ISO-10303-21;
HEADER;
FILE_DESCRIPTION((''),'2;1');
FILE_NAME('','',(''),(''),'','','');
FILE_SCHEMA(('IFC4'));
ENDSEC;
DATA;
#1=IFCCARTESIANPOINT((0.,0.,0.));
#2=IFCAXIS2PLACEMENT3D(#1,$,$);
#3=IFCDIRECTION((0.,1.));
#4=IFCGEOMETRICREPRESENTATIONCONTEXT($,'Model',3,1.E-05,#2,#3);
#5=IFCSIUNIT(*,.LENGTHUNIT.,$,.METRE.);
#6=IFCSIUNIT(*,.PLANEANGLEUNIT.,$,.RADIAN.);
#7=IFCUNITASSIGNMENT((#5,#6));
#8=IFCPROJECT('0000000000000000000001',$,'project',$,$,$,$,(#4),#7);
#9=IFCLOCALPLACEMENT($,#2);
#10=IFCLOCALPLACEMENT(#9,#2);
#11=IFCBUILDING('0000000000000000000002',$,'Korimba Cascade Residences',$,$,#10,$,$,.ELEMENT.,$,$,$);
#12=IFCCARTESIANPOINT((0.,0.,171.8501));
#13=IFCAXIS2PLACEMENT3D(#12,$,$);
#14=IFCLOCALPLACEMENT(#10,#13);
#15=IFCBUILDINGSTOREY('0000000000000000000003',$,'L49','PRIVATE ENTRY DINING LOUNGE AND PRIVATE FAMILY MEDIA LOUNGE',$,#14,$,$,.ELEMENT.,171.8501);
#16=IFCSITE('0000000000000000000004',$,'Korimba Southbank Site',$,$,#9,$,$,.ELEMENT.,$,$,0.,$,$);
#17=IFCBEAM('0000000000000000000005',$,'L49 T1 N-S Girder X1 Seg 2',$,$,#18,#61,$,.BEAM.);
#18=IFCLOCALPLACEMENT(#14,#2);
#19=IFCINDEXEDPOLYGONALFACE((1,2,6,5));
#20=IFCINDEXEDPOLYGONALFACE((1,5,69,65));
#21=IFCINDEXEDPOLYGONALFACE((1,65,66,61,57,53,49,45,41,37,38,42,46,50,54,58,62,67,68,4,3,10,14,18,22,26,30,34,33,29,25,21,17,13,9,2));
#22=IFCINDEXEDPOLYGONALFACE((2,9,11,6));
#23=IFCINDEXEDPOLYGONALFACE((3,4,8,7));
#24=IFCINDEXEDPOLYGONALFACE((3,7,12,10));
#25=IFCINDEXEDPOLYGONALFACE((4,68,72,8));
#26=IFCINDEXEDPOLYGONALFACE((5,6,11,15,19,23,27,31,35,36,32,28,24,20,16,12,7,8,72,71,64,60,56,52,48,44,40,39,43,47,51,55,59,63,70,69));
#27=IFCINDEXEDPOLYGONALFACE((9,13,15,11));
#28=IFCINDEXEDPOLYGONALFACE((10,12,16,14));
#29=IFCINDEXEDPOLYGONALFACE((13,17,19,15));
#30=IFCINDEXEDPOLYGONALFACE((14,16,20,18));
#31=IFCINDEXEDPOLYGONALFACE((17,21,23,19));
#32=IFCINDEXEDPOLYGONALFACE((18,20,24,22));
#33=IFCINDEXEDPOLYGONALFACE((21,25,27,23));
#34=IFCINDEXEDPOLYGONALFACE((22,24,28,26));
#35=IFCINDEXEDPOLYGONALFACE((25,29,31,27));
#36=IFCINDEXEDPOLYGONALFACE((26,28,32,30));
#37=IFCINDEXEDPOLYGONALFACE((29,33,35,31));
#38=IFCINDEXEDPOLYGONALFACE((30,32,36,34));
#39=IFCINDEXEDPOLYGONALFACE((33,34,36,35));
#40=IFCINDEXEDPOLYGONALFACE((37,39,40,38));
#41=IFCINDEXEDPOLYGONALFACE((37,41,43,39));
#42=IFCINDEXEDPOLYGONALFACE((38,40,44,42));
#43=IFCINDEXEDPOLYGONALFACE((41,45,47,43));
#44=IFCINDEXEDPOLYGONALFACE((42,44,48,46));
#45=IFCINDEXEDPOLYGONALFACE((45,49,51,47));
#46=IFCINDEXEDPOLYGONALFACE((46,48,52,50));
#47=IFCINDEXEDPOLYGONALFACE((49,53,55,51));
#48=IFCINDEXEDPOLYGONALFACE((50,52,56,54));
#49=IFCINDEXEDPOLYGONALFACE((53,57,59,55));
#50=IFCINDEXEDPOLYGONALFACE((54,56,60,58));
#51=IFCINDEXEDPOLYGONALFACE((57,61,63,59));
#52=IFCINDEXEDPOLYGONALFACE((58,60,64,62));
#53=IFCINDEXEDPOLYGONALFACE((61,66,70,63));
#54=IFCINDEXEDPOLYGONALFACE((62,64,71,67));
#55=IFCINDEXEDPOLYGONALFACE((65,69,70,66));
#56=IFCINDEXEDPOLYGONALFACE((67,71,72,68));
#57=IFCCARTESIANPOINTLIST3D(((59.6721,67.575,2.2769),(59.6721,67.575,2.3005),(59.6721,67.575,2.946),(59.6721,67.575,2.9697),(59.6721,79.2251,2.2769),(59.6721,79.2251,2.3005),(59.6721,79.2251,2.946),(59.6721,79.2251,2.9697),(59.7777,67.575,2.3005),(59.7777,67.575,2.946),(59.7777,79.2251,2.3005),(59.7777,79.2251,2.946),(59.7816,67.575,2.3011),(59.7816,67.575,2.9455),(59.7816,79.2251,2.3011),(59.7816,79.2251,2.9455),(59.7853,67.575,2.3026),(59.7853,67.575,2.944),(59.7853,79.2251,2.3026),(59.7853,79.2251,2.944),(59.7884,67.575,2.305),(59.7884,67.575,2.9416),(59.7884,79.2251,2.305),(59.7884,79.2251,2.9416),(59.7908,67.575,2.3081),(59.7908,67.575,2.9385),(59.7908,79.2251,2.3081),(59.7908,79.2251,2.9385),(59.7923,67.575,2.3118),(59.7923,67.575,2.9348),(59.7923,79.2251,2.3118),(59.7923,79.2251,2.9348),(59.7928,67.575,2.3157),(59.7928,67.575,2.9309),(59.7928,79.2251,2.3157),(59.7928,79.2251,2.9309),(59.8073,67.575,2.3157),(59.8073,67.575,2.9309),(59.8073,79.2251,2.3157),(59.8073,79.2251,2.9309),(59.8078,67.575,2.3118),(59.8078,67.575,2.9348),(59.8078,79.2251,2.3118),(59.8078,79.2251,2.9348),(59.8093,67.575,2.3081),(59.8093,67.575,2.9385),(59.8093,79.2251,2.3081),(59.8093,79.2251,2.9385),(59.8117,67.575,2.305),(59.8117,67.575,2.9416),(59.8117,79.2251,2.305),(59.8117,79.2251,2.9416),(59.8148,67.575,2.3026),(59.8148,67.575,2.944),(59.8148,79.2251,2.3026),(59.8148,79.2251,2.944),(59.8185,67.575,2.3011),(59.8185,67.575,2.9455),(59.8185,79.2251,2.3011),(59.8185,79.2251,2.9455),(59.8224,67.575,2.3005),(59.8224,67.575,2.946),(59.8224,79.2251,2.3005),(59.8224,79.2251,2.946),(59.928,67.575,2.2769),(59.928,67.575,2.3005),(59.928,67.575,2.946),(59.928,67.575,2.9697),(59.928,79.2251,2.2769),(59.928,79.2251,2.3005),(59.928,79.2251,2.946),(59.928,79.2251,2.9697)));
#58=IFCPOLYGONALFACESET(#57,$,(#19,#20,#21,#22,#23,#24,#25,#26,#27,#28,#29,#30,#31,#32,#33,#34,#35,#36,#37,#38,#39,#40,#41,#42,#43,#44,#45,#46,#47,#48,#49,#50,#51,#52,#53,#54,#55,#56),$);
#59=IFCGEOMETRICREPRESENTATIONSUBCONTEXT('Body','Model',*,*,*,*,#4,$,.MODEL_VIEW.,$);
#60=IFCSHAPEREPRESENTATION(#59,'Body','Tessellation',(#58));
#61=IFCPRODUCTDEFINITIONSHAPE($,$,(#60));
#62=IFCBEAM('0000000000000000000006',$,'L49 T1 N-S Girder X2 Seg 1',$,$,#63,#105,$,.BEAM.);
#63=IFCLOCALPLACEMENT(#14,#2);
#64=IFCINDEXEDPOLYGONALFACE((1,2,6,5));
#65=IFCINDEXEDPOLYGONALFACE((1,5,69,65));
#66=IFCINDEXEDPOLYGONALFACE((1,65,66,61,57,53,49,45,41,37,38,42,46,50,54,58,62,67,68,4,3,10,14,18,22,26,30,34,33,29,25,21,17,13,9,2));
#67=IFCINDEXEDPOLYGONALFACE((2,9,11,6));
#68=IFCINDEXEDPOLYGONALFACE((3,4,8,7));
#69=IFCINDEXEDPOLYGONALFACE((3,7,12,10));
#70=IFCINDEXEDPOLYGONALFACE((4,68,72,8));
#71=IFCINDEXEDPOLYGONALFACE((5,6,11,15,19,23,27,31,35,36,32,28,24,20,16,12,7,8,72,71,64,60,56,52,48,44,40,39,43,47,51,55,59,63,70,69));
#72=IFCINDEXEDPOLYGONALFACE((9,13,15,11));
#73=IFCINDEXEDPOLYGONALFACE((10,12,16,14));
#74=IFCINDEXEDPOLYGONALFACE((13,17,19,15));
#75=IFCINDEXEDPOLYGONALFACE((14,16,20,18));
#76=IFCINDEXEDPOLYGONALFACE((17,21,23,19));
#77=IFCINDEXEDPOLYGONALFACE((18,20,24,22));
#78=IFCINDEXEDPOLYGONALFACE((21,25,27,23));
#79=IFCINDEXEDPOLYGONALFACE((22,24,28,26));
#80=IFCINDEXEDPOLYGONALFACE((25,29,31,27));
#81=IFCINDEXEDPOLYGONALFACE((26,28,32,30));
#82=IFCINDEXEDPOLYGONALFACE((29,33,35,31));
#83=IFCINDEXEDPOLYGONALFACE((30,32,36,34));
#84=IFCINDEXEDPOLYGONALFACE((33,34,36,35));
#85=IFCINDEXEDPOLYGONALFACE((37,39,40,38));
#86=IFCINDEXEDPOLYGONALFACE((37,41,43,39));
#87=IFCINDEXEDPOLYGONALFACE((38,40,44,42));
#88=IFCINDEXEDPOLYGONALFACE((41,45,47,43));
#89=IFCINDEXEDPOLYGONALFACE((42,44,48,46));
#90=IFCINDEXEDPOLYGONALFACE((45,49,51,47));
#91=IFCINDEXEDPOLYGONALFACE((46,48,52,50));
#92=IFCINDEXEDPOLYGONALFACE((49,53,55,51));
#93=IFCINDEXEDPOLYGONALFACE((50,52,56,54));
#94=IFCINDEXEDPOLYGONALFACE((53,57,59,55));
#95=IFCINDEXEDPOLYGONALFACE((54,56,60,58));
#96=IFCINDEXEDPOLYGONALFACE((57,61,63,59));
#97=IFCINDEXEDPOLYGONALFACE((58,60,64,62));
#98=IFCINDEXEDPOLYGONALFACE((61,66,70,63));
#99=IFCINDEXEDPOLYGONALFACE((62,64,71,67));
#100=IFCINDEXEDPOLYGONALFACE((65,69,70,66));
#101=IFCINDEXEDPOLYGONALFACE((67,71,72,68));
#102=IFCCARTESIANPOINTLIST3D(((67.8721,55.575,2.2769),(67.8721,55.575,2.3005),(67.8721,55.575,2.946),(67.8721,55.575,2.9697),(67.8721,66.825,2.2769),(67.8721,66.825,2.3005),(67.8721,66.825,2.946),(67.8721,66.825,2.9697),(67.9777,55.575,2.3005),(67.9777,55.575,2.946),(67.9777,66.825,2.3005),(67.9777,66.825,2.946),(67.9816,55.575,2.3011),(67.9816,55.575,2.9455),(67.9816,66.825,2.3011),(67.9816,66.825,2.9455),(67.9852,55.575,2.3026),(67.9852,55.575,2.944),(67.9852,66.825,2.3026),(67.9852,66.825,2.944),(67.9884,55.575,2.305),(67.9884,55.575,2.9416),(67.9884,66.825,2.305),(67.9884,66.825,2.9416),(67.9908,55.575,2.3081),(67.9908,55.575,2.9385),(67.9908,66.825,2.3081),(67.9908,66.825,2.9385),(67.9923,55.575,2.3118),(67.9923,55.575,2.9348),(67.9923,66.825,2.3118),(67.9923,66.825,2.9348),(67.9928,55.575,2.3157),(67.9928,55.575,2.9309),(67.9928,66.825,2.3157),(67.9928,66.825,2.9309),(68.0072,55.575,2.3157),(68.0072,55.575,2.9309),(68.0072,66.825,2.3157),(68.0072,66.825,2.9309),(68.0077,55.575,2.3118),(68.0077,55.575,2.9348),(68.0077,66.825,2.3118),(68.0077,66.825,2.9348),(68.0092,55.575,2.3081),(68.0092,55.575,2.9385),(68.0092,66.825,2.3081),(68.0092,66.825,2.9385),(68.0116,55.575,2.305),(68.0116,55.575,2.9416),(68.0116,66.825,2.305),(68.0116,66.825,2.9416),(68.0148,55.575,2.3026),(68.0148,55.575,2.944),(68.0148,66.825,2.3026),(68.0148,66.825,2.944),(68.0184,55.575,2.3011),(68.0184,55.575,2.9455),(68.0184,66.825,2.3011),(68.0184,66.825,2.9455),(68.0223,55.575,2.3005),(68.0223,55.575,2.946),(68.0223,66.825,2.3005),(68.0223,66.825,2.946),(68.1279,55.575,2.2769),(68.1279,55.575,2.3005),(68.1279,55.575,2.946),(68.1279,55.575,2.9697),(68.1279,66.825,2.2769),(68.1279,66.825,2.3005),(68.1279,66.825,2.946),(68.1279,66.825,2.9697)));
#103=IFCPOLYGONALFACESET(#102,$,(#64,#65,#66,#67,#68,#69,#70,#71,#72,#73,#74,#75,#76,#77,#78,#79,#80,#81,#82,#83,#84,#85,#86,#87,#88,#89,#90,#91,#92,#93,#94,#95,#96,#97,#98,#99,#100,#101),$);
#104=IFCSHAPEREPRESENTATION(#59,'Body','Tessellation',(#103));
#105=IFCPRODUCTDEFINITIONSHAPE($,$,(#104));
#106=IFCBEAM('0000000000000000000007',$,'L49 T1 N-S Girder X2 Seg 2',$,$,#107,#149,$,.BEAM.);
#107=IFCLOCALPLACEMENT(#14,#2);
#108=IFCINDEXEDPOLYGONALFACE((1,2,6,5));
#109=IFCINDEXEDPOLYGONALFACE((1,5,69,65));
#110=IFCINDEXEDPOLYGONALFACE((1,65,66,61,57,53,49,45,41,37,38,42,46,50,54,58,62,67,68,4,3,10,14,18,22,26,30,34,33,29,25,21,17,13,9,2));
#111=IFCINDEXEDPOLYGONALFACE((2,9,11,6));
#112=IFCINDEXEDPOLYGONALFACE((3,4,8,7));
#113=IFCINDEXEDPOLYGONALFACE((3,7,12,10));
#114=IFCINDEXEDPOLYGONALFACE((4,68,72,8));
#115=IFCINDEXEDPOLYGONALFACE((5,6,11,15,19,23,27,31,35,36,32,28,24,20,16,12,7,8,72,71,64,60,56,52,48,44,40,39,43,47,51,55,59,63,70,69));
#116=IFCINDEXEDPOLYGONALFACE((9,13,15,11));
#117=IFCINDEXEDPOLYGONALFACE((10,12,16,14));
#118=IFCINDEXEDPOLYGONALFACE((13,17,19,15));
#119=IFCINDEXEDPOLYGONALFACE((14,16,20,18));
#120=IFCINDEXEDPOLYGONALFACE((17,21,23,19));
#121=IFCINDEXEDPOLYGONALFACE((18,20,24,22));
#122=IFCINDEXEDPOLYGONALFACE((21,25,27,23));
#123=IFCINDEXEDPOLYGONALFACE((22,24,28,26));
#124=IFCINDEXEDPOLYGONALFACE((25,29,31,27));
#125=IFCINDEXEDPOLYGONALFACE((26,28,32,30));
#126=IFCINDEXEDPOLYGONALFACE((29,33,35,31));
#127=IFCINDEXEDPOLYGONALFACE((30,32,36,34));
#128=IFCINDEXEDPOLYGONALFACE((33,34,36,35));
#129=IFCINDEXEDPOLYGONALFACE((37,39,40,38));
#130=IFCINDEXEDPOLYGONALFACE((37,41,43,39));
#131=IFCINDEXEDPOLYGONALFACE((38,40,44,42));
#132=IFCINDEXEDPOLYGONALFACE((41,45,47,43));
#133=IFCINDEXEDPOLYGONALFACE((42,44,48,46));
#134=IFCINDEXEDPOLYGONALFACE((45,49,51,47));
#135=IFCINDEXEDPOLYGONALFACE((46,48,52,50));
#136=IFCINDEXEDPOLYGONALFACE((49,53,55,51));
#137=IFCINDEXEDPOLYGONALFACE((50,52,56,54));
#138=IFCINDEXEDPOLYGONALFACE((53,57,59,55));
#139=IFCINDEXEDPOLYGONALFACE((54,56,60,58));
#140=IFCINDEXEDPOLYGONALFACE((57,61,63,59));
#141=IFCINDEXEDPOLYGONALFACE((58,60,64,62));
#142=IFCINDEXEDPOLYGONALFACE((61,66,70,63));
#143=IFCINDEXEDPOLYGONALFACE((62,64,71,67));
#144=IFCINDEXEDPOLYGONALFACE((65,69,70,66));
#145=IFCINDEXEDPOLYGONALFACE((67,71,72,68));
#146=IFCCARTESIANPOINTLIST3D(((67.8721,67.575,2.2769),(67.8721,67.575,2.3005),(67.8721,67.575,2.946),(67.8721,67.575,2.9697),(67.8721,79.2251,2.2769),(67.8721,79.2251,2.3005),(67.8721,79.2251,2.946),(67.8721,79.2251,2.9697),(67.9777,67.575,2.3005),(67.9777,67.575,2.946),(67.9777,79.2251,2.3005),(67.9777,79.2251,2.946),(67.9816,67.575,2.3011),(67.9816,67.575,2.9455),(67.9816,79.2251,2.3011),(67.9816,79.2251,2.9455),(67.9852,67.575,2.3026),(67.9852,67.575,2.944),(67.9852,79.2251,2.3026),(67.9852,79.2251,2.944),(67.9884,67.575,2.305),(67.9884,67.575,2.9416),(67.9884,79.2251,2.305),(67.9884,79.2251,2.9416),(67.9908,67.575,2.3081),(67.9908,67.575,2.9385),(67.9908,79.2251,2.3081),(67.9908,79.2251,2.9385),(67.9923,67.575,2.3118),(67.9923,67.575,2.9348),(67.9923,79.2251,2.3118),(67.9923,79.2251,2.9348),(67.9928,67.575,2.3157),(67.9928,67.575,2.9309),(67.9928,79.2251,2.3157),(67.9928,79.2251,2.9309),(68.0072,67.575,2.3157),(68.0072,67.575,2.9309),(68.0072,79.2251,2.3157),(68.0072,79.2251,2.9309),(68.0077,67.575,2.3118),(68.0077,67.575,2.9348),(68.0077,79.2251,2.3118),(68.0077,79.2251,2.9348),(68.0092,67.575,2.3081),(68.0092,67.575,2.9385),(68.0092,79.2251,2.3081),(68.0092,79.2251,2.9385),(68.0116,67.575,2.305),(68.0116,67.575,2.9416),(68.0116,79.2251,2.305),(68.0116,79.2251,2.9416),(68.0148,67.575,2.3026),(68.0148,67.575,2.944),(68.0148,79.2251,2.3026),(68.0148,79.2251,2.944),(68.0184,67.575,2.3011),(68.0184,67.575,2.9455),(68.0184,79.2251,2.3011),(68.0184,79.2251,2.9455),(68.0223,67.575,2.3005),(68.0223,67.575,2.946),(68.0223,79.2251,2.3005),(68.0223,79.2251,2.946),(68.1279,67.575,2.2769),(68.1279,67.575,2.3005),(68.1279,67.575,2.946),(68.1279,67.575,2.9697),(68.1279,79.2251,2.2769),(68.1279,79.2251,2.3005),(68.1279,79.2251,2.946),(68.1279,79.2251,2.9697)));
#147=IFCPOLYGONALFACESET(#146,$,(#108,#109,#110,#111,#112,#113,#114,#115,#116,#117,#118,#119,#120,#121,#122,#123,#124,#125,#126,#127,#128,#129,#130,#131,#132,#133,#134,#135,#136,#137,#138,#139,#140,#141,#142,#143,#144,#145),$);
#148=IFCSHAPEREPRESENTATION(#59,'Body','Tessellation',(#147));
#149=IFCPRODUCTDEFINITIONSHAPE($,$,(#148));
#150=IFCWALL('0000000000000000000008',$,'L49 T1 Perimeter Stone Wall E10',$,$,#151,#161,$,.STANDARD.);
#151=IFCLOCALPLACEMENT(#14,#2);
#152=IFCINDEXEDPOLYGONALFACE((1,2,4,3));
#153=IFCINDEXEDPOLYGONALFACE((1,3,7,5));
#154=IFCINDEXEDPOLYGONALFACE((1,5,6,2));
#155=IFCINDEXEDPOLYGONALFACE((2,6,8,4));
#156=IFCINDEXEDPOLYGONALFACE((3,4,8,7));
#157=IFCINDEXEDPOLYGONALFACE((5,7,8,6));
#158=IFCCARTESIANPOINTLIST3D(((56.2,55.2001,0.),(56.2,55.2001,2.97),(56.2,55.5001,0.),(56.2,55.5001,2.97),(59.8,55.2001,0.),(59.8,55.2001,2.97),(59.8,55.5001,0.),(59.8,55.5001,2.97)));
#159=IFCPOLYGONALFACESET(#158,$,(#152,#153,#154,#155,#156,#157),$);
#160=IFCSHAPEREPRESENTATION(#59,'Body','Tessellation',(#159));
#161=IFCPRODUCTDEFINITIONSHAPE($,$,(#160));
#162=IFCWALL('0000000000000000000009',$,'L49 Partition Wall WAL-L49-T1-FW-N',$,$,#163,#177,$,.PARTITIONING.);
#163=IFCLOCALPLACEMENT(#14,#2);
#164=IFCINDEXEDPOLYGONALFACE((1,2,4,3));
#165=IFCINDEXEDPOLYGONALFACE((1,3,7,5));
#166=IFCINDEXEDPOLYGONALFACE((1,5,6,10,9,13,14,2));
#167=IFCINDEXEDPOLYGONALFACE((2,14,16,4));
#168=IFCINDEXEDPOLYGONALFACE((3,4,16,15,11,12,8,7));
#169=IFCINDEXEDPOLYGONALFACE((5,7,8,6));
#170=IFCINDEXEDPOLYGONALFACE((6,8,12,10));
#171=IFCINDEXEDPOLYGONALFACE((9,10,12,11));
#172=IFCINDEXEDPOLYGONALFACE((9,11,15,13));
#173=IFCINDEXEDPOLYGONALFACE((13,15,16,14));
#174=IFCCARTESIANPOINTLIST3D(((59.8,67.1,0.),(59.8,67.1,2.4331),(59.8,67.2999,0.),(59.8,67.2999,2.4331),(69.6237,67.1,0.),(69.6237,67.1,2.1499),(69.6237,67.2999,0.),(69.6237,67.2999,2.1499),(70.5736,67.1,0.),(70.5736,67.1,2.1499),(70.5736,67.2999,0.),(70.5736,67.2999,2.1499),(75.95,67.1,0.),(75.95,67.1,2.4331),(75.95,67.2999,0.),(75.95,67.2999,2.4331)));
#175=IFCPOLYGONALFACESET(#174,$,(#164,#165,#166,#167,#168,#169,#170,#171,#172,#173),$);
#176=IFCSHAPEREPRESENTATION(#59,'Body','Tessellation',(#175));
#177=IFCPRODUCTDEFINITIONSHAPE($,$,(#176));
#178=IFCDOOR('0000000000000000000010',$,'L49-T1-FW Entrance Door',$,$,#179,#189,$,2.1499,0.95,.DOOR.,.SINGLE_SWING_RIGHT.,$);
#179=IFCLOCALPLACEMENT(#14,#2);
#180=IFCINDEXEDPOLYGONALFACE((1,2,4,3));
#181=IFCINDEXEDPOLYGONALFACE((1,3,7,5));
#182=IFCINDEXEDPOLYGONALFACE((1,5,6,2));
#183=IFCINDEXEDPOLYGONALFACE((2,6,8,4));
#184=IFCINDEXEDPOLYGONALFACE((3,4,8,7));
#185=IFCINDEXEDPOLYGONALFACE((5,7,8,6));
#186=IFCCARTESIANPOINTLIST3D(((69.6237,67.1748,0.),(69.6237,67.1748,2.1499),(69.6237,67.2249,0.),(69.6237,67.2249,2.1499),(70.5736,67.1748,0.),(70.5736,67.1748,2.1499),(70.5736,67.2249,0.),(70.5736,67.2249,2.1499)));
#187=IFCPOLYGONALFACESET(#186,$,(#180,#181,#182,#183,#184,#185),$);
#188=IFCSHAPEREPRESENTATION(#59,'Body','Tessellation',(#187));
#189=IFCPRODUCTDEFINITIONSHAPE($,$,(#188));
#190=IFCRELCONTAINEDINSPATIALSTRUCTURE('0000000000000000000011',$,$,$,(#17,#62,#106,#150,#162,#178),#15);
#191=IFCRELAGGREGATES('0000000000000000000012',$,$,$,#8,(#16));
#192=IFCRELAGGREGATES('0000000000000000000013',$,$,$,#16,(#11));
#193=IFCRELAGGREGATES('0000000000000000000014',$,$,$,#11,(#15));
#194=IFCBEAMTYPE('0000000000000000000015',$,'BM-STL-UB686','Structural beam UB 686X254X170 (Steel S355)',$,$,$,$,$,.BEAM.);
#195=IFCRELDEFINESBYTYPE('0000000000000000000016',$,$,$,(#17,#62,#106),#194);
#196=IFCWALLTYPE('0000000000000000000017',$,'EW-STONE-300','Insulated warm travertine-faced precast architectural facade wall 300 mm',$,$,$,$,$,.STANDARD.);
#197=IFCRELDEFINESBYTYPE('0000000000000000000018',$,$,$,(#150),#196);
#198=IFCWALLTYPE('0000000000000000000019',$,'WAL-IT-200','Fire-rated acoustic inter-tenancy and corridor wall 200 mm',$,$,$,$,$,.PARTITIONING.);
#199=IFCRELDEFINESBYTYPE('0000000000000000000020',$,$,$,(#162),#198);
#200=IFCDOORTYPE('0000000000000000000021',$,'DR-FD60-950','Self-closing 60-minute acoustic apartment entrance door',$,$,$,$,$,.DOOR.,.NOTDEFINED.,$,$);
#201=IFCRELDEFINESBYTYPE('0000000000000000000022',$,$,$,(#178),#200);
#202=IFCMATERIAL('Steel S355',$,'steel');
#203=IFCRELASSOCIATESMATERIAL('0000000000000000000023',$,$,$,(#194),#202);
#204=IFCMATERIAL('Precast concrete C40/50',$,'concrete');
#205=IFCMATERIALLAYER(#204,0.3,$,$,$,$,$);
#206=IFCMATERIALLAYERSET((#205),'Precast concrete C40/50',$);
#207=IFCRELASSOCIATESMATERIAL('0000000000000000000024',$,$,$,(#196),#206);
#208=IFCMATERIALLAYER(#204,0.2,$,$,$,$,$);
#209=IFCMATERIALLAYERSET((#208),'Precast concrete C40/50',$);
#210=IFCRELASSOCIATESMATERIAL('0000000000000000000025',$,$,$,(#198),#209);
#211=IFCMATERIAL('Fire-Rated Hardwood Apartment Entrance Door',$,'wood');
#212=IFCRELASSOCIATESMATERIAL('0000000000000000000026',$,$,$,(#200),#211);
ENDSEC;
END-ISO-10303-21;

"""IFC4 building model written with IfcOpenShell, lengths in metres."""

from ifc_helpers import new_model, si_unit, direction, frame, frame_2d, origin, origin_2d, place, context, subcontext, project, spatial, rectangle, i_section, extrude, material, layer, layer_set, material_profile, profile_set, type_object, element, fill, save


model = new_model("IFC4")

# Units and contexts
model_context = context("Model", 3, precision=1e-05, world=origin(), true_north=direction((0.0, 1.0)))
body_context = subcontext(model_context, "Body", "Model", "MODEL_VIEW")
ifc_project = project(units=[si_unit("LENGTHUNIT", "METRE"), si_unit("PLANEANGLEUNIT", "RADIAN")], contexts=[model_context])

# Site, building, storey
site_placement = place(None, origin())
site = spatial("IfcSite", under=ifc_project, at=site_placement, Name="Korimba Southbank Site", CompositionType="ELEMENT", RefElevation=0.0)
building_placement = place(site_placement, origin())
building = spatial("IfcBuilding", under=site, at=building_placement, Name="Korimba Cascade Residences", CompositionType="ELEMENT")
storey_placement = place(building_placement, frame((0.0, 0.0, 171.8501)))
storey = spatial("IfcBuildingStorey", under=building, at=storey_placement, Name="L49", Description="PRIVATE ENTRY DINING LOUNGE AND PRIVATE FAMILY MEDIA LOUNGE", CompositionType="ELEMENT", Elevation=171.8501)

# Beams
ifc_material_1 = material(Name="Steel S355", Category="steel")
ifc_material_profile_1 = material_profile(ifc_material_1, i_section(OverallWidth=0.2559, OverallDepth=0.6929, WebThickness=0.0144, FlangeThickness=0.0237, FilletRadius=0.0151, at=origin_2d()), Name="Steel S355")
ifc_profile_set_1 = profile_set([ifc_material_profile_1], Name="Steel S355")
beam_type_1 = type_object("IfcBeamType", Name="BM-STL-UB686", Description="Structural beam UB 686X254X170 (Steel S355)", PredefinedType="BEAM", material=ifc_profile_set_1)
beam_1_placement = place(storey_placement, frame((59.8, 67.575, 2.6233), z_axis=(0.0, 1.0, 0.0), x_axis=(-1.0, 0.0, 0.0)))
element("IfcBeam", 1, at=beam_1_placement, inside=storey, type_object=beam_type_1, Name="L49 T1 N-S Girder X1 Seg 2", PredefinedType="BEAM", context=body_context, shape_type="SweptSolid", body=[
    extrude(i_section(OverallWidth=0.2559, OverallDepth=0.6929, WebThickness=0.0144, FlangeThickness=0.0237, FilletRadius=0.0151, at=origin_2d()), origin(), (0.0, 0.0, 1.0), 11.6501),
])
beam_2_placement = place(storey_placement, frame((68.0, 55.575, 2.6233), z_axis=(0.0, 1.0, 0.0), x_axis=(-1.0, 0.0, 0.0)))
element("IfcBeam", 2, at=beam_2_placement, inside=storey, type_object=beam_type_1, Name="L49 T1 N-S Girder X2 Seg 1", PredefinedType="BEAM", context=body_context, shape_type="SweptSolid", body=[
    extrude(i_section(OverallWidth=0.2559, OverallDepth=0.6929, WebThickness=0.0144, FlangeThickness=0.0237, FilletRadius=0.0151, at=origin_2d()), origin(), (0.0, 0.0, 1.0), 11.25),
])
beam_3_placement = place(storey_placement, frame((68.0, 67.575, 2.6233), z_axis=(0.0, 1.0, 0.0), x_axis=(-1.0, 0.0, 0.0)))
element("IfcBeam", 3, at=beam_3_placement, inside=storey, type_object=beam_type_1, Name="L49 T1 N-S Girder X2 Seg 2", PredefinedType="BEAM", context=body_context, shape_type="SweptSolid", body=[
    extrude(i_section(OverallWidth=0.2559, OverallDepth=0.6929, WebThickness=0.0144, FlangeThickness=0.0237, FilletRadius=0.0151, at=origin_2d()), origin(), (0.0, 0.0, 1.0), 11.6501),
])

# Wall
ifc_material_2 = material(Name="Precast concrete C40/50", Category="concrete")
ifc_layer_1 = layer(ifc_material_2, 0.3)
ifc_layer_set_1 = layer_set([ifc_layer_1], Name="Precast concrete C40/50")
wall_type_1 = type_object("IfcWallType", Name="EW-STONE-300", Description="Insulated warm travertine-faced precast architectural facade wall 300 mm", PredefinedType="STANDARD", material=ifc_layer_set_1)
wall_1_placement = place(storey_placement, frame((56.2, 55.3501, 0.0), z_axis=(0.0, 0.0, 1.0), x_axis=(1.0, 0.0, 0.0)))
element("IfcWall", 4, at=wall_1_placement, inside=storey, type_object=wall_type_1, Name="L49 T1 Perimeter Stone Wall E10", PredefinedType="STANDARD", context=body_context, shape_type="SweptSolid", body=[
    extrude(rectangle(XDim=3.6001, YDim=0.3, at=frame_2d((1.8, 0.0))), origin(), (0.0, 0.0, 1.0), 2.97),
])

# Wall, opening, door
ifc_layer_2 = layer(ifc_material_2, 0.2)
ifc_layer_set_2 = layer_set([ifc_layer_2], Name="Precast concrete C40/50")
wall_type_2 = type_object("IfcWallType", Name="WAL-IT-200", Description="Fire-rated acoustic inter-tenancy and corridor wall 200 mm", PredefinedType="PARTITIONING", material=ifc_layer_set_2)
wall_2_placement = place(storey_placement, frame((59.8, 67.2, 0.0), z_axis=(0.0, 0.0, 1.0), x_axis=(1.0, 0.0, 0.0)))
wall_2 = element("IfcWall", 5, at=wall_2_placement, inside=storey, type_object=wall_type_2, Name="L49 Partition Wall WAL-L49-T1-FW-N", PredefinedType="PARTITIONING", context=body_context, shape_type="SweptSolid", body=[
    extrude(rectangle(XDim=16.1499, YDim=0.2, at=frame_2d((8.075, 0.0))), origin(), (0.0, 0.0, 1.0), 2.4331),
])
opening_1_placement = place(wall_2_placement, frame((9.8235, 0.0, 0.0)))
opening_1 = element("IfcOpeningElement", 6, at=opening_1_placement, cuts=wall_2, PredefinedType="OPENING", context=body_context, shape_type="SweptSolid", body=[
    extrude(rectangle(XDim=0.95, YDim=2.1499, at=frame_2d((0.4751, 1.075))), frame((0.0, 0.1099, 0.0), z_axis=(0.0, -1.0, 0.0), x_axis=(1.0, 0.0, 0.0)), (0.0, 0.0, 1.0), 0.22),
])
ifc_material_3 = material(Name="Fire-Rated Hardwood Apartment Entrance Door", Category="wood")
door_type_1 = type_object("IfcDoorType", Name="DR-FD60-950", Description="Self-closing 60-minute acoustic apartment entrance door", OperationType="NOTDEFINED", PredefinedType="DOOR", material=ifc_material_3)
door_1_placement = place(opening_1_placement, origin())
door_1 = element("IfcDoor", 7, at=door_1_placement, inside=storey, type_object=door_type_1, Name="L49-T1-FW Entrance Door", OperationType="SINGLE_SWING_RIGHT", OverallHeight=2.1499, OverallWidth=0.95, PredefinedType="DOOR", context=body_context, shape_type="SweptSolid", body=[
    extrude(rectangle(XDim=0.95, YDim=2.1499, at=frame_2d((0.4751, 1.075))), frame((0.0, 0.0249, 0.0), z_axis=(0.0, -1.0, 0.0), x_axis=(1.0, 0.0, 0.0)), (0.0, 0.0, 1.0), 0.05),
])
fill(opening_1, door_1)

save(model, "model.ifc")
